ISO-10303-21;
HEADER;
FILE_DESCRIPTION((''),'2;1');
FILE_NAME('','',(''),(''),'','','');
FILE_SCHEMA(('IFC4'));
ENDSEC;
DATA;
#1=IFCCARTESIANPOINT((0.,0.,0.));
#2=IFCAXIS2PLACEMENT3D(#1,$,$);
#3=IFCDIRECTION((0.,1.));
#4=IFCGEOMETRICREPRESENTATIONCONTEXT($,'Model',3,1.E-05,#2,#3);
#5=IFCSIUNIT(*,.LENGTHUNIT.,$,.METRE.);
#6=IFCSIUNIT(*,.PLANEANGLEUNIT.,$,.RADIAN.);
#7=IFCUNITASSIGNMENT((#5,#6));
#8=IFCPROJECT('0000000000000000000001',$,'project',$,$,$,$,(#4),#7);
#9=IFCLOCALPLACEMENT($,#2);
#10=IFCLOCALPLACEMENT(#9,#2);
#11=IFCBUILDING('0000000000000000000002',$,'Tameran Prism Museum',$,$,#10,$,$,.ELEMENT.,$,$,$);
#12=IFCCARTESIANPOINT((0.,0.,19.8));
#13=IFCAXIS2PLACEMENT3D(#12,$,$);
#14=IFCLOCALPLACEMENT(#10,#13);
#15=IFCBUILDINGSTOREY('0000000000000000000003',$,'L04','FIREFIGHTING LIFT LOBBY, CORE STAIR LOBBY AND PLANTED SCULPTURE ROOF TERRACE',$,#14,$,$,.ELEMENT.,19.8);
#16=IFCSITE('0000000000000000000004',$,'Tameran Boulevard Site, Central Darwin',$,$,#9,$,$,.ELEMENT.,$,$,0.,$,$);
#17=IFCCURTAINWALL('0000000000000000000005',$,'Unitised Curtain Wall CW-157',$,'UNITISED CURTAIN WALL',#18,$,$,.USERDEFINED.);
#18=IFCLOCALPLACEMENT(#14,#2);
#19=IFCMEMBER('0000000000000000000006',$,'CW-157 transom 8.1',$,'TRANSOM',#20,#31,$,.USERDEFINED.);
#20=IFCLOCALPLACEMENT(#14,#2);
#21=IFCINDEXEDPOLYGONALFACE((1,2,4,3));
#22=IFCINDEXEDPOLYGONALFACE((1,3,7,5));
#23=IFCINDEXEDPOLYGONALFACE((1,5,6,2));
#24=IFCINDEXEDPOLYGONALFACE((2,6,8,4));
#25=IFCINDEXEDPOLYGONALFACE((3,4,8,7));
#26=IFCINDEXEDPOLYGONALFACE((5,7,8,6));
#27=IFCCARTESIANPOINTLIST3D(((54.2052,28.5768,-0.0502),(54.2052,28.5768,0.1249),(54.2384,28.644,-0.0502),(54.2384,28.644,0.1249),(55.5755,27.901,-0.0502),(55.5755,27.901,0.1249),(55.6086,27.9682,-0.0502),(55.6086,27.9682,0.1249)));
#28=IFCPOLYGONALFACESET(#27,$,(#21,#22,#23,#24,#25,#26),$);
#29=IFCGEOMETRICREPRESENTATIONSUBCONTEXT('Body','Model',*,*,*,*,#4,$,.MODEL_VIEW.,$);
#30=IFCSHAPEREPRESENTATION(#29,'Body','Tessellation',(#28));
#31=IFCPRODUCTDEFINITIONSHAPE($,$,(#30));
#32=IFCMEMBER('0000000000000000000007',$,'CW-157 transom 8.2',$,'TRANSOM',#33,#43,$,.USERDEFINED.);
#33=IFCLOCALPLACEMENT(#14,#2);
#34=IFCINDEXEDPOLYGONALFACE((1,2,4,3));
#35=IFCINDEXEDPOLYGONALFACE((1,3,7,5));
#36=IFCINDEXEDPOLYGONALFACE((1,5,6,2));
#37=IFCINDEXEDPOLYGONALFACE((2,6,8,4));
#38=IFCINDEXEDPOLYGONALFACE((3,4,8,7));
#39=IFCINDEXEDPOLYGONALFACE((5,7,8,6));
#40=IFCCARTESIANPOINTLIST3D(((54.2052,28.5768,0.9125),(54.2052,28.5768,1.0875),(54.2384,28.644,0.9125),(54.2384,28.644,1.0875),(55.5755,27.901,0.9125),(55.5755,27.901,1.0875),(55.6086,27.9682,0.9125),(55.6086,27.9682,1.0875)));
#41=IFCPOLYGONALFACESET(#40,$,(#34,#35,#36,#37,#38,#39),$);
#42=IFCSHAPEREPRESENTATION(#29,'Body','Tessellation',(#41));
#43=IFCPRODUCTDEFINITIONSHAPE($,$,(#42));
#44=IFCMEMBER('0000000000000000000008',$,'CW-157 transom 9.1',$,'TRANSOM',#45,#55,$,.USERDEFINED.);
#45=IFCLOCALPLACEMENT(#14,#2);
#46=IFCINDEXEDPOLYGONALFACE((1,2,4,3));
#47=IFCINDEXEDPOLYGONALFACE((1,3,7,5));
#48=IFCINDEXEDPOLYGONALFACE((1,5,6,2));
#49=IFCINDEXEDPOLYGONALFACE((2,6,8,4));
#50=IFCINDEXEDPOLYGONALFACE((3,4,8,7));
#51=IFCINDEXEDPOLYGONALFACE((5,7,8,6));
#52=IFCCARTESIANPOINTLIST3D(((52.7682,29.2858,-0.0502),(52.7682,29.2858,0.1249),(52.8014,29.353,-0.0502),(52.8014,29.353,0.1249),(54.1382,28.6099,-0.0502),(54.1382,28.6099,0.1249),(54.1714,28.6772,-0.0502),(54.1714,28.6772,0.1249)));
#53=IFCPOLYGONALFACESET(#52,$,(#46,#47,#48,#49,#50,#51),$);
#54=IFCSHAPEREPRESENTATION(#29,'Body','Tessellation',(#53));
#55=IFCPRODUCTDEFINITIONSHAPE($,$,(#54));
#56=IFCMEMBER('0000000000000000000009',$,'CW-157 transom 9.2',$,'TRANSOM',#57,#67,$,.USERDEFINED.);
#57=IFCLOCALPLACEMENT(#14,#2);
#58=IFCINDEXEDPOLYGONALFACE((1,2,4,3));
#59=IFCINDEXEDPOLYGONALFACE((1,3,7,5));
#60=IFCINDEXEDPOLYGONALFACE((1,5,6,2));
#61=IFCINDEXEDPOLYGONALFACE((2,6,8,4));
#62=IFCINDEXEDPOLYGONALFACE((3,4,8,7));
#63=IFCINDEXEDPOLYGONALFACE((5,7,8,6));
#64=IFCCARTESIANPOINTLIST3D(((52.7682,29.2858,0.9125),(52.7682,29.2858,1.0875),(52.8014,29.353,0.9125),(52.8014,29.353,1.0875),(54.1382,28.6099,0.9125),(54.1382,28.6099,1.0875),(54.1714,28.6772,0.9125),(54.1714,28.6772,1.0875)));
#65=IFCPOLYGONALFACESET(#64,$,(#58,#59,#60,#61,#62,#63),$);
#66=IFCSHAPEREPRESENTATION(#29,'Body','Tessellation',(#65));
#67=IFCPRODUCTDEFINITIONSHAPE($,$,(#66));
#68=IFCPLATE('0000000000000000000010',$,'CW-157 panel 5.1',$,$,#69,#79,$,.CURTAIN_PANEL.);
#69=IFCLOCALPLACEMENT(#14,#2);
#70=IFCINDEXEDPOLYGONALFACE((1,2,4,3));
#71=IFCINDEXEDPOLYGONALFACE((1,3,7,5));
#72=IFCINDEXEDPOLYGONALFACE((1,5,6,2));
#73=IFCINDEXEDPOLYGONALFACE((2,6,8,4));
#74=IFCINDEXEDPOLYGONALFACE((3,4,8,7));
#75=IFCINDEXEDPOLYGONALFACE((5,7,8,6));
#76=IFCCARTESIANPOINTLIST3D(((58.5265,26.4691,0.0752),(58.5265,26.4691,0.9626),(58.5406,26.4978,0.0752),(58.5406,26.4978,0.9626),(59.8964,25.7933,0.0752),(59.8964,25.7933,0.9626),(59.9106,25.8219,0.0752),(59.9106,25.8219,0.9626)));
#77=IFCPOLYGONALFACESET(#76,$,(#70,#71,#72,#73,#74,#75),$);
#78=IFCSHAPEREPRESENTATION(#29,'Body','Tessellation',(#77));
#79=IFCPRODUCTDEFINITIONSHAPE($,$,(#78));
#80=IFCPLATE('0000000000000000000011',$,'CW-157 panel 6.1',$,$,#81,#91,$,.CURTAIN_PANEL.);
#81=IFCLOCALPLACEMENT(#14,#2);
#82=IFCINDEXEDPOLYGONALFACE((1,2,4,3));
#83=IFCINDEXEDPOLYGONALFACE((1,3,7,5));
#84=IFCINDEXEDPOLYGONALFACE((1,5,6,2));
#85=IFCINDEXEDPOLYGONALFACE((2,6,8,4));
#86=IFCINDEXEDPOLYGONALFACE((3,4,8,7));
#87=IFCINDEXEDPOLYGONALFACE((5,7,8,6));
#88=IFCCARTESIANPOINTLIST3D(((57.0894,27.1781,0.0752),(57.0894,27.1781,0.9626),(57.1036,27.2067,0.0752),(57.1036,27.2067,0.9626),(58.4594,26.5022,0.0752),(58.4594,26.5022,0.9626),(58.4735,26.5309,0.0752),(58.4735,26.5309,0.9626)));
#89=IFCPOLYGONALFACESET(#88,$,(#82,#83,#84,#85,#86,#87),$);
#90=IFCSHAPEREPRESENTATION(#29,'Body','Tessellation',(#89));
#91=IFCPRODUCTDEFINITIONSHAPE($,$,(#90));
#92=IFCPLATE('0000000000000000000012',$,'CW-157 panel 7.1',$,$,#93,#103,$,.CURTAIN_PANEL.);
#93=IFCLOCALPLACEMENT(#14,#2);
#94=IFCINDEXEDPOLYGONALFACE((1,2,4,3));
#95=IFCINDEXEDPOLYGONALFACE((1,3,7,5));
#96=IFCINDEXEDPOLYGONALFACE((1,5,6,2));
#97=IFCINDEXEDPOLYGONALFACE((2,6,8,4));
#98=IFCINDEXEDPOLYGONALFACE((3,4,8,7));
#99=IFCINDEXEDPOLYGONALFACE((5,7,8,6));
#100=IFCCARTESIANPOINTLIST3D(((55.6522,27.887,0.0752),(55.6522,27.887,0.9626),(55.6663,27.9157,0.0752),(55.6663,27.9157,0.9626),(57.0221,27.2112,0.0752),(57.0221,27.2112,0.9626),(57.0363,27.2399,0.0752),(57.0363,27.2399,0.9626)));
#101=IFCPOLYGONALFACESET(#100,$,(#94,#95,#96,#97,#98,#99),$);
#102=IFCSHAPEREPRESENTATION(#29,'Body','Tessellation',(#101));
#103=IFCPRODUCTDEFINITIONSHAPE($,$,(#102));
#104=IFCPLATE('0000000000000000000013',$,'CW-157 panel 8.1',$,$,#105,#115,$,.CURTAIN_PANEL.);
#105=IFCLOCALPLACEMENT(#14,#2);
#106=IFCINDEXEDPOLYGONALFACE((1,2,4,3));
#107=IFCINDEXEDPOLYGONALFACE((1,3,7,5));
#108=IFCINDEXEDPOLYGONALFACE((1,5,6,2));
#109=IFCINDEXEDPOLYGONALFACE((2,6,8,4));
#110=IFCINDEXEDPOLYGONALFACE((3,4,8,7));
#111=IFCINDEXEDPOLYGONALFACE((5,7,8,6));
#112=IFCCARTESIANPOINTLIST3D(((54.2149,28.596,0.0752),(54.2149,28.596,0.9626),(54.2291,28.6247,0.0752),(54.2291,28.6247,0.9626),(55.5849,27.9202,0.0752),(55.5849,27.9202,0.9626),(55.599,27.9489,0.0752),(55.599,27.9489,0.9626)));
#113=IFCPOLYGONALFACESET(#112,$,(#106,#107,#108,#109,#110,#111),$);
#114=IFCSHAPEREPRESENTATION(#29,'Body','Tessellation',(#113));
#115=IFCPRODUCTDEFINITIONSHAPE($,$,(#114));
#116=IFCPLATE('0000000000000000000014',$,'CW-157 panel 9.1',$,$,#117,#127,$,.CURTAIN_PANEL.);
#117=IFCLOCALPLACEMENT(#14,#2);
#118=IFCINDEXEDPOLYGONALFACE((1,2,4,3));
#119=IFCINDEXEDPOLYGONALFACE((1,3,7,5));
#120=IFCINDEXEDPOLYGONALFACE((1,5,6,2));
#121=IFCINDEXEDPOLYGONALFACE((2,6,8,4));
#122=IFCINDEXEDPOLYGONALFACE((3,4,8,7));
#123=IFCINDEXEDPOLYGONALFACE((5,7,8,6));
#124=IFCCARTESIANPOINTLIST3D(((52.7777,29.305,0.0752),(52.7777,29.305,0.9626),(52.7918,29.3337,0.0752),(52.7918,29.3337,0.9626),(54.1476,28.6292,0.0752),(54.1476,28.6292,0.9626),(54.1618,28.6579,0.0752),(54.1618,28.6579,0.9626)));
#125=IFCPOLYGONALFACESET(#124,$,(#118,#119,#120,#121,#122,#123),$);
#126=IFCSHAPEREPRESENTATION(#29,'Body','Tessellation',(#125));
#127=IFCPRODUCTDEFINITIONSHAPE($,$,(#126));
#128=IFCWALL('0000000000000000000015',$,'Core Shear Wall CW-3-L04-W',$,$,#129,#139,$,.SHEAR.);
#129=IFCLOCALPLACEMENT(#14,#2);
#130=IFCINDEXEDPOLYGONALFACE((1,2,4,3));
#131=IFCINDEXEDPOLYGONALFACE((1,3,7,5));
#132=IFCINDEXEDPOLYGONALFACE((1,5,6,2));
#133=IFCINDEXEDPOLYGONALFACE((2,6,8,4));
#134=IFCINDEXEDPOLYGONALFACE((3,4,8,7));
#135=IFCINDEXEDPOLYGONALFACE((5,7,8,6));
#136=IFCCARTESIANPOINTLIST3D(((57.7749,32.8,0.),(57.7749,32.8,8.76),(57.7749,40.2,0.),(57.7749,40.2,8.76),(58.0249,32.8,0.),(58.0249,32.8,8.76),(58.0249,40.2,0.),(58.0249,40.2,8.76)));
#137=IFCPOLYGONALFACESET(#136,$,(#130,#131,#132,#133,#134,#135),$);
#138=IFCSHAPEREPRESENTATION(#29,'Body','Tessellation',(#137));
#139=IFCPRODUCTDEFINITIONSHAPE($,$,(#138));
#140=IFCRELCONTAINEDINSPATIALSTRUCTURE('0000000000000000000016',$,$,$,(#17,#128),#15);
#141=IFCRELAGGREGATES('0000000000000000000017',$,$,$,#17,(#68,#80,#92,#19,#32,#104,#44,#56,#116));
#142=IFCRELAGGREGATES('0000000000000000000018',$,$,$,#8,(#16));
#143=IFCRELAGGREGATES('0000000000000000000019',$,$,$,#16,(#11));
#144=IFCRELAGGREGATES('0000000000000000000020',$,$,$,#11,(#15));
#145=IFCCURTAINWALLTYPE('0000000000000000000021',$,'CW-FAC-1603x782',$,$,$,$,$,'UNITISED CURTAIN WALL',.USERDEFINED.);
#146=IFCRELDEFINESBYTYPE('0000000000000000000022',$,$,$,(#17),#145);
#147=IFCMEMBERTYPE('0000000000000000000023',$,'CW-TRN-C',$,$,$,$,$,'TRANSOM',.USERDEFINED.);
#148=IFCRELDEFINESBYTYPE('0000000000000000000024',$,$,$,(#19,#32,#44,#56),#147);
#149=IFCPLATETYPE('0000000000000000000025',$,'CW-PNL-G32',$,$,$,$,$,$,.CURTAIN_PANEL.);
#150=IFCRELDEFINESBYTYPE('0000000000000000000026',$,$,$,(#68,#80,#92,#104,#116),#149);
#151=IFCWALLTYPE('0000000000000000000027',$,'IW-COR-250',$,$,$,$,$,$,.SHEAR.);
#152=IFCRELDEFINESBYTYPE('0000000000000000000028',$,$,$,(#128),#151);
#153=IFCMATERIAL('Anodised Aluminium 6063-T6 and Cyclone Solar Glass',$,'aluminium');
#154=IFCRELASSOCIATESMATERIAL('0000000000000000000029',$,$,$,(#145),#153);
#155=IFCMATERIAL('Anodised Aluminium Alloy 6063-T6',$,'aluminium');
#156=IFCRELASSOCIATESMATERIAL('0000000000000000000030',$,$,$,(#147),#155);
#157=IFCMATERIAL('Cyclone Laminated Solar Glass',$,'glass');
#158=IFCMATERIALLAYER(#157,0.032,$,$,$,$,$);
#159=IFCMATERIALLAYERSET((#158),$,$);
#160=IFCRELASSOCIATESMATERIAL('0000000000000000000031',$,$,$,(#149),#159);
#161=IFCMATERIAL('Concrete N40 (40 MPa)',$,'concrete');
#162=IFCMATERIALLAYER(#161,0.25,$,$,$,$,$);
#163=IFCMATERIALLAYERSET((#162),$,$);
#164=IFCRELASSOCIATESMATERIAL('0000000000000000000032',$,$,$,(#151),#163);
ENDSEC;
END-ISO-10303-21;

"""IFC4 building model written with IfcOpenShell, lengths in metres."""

from ifc_helpers import new_model, si_unit, direction, frame, frame_2d, origin, origin_2d, place, context, subcontext, project, spatial, rectangle, extrude, material, layer, layer_set, material_profile, profile_set, type_object, element, aggregate, save


model = new_model("IFC4")

# Units and contexts
model_context = context("Model", 3, precision=1e-05, world=origin(), true_north=direction((0.0, 1.0)))
body_context = subcontext(model_context, "Body", "Model", "MODEL_VIEW")
ifc_project = project(units=[si_unit("LENGTHUNIT", "METRE"), si_unit("PLANEANGLEUNIT", "RADIAN")], contexts=[model_context])

# Site, building, storey
site_placement = place(None, origin())
site = spatial("IfcSite", under=ifc_project, at=site_placement, Name="Tameran Boulevard Site, Central Darwin", CompositionType="ELEMENT", RefElevation=0.0)
building_placement = place(site_placement, origin())
building = spatial("IfcBuilding", under=site, at=building_placement, Name="Tameran Prism Museum", CompositionType="ELEMENT")
storey_placement = place(building_placement, frame((0.0, 0.0, 19.8)))
storey = spatial("IfcBuildingStorey", under=building, at=storey_placement, Name="L04", Description="FIREFIGHTING LIFT LOBBY, CORE STAIR LOBBY AND PLANTED SCULPTURE ROOF TERRACE", CompositionType="ELEMENT", Elevation=19.8)

# Curtain wall, members, plates
ifc_material_1 = material(Name="Anodised Aluminium 6063-T6 and Cyclone Solar Glass", Category="aluminium")
curtain_wall_type = type_object("IfcCurtainWallType", Name="CW-FAC-1603x782", ElementType="UNITISED CURTAIN WALL", PredefinedType="USERDEFINED", material=ifc_material_1)
curtain_wall_placement = place(storey_placement, origin())
curtain_wall = element("IfcCurtainWall", 1, at=curtain_wall_placement, inside=storey, type_object=curtain_wall_type, Name="Unitised Curtain Wall CW-157", ObjectType="UNITISED CURTAIN WALL", PredefinedType="USERDEFINED")
ifc_material_2 = material(Name="Anodised Aluminium Alloy 6063-T6", Category="aluminium")
ifc_material_profile_1 = material_profile(ifc_material_2, rectangle(XDim=0.075, YDim=0.175, at=origin_2d()))
ifc_profile_set_1 = profile_set([ifc_material_profile_1])
member_type_1 = type_object("IfcMemberType", Name="CW-TRN-C", ElementType="TRANSOM", PredefinedType="USERDEFINED", material=ifc_profile_set_1)
member_1_placement = place(storey_placement, frame((55.592, 27.9346, 0.0374), z_axis=(-0.896843, 0.442349, 0.0), x_axis=(-0.442349, -0.896843, 0.0)))
member_1 = element("IfcMember", 2, at=member_1_placement, type_object=member_type_1, Name="CW-157 transom 8.1", ObjectType="TRANSOM", PredefinedType="USERDEFINED", context=body_context, shape_type="SweptSolid", body=[
    extrude(rectangle(XDim=0.075, YDim=0.175, at=origin_2d()), origin(), (0.0, 0.0, 1.0), 1.5278),
])
member_2_placement = place(storey_placement, frame((55.592, 27.9346, 1.0), z_axis=(-0.896843, 0.442349, 0.0), x_axis=(-0.442349, -0.896843, 0.0)))
member_2 = element("IfcMember", 3, at=member_2_placement, type_object=member_type_1, Name="CW-157 transom 8.2", ObjectType="TRANSOM", PredefinedType="USERDEFINED", context=body_context, shape_type="SweptSolid", body=[
    extrude(rectangle(XDim=0.075, YDim=0.175, at=origin_2d()), origin(), (0.0, 0.0, 1.0), 1.5278),
])
member_3_placement = place(storey_placement, frame((54.1548, 28.6436, 0.0374), z_axis=(-0.896812, 0.442412, 0.0), x_axis=(-0.442412, -0.896812, 0.0)))
member_3 = element("IfcMember", 4, at=member_3_placement, type_object=member_type_1, Name="CW-157 transom 9.1", ObjectType="TRANSOM", PredefinedType="USERDEFINED", context=body_context, shape_type="SweptSolid", body=[
    extrude(rectangle(XDim=0.075, YDim=0.175, at=origin_2d()), origin(), (0.0, 0.0, 1.0), 1.5276),
])
member_4_placement = place(storey_placement, frame((54.1548, 28.6436, 1.0), z_axis=(-0.896812, 0.442412, 0.0), x_axis=(-0.442412, -0.896812, 0.0)))
member_4 = element("IfcMember", 5, at=member_4_placement, type_object=member_type_1, Name="CW-157 transom 9.2", ObjectType="TRANSOM", PredefinedType="USERDEFINED", context=body_context, shape_type="SweptSolid", body=[
    extrude(rectangle(XDim=0.075, YDim=0.175, at=origin_2d()), origin(), (0.0, 0.0, 1.0), 1.5276),
])
ifc_material_3 = material(Name="Cyclone Laminated Solar Glass", Category="glass")
ifc_layer_1 = layer(ifc_material_3, 0.032)
ifc_layer_set_1 = layer_set([ifc_layer_1])
plate_type = type_object("IfcPlateType", Name="CW-PNL-G32", PredefinedType="CURTAIN_PANEL", material=ifc_layer_set_1)
plate_1_placement = place(storey_placement, frame((59.2185, 26.1455, 0.0752), z_axis=(0.0, 0.0, 1.0), x_axis=(-0.896811, 0.442415, 0.0)))
plate_1 = element("IfcPlate", 6, at=plate_1_placement, type_object=plate_type, Name="CW-157 panel 5.1", PredefinedType="CURTAIN_PANEL", context=body_context, shape_type="SweptSolid", body=[
    extrude(rectangle(XDim=1.5276, YDim=0.032, at=origin_2d()), origin(), (0.0, 0.0, 1.0), 0.8875),
])
plate_2_placement = place(storey_placement, frame((57.7815, 26.8545, 0.0752), z_axis=(0.0, 0.0, 1.0), x_axis=(-0.896811, 0.442415, 0.0)))
plate_2 = element("IfcPlate", 7, at=plate_2_placement, type_object=plate_type, Name="CW-157 panel 6.1", PredefinedType="CURTAIN_PANEL", context=body_context, shape_type="SweptSolid", body=[
    extrude(rectangle(XDim=1.5276, YDim=0.032, at=origin_2d()), origin(), (0.0, 0.0, 1.0), 0.8875),
])
plate_3_placement = place(storey_placement, frame((56.3442, 27.5635, 0.0752), z_axis=(0.0, 0.0, 1.0), x_axis=(-0.896811, 0.442415, 0.0)))
plate_3 = element("IfcPlate", 8, at=plate_3_placement, type_object=plate_type, Name="CW-157 panel 7.1", PredefinedType="CURTAIN_PANEL", context=body_context, shape_type="SweptSolid", body=[
    extrude(rectangle(XDim=1.5276, YDim=0.032, at=origin_2d()), origin(), (0.0, 0.0, 1.0), 0.8875),
])
plate_4_placement = place(storey_placement, frame((54.907, 28.2725, 0.0752), z_axis=(0.0, 0.0, 1.0), x_axis=(-0.896811, 0.442415, 0.0)))
plate_4 = element("IfcPlate", 9, at=plate_4_placement, type_object=plate_type, Name="CW-157 panel 8.1", PredefinedType="CURTAIN_PANEL", context=body_context, shape_type="SweptSolid", body=[
    extrude(rectangle(XDim=1.5276, YDim=0.032, at=origin_2d()), origin(), (0.0, 0.0, 1.0), 0.8875),
])
plate_5_placement = place(storey_placement, frame((53.4697, 28.9814, 0.0752), z_axis=(0.0, 0.0, 1.0), x_axis=(-0.896811, 0.442415, 0.0)))
plate_5 = element("IfcPlate", 10, at=plate_5_placement, type_object=plate_type, Name="CW-157 panel 9.1", PredefinedType="CURTAIN_PANEL", context=body_context, shape_type="SweptSolid", body=[
    extrude(rectangle(XDim=1.5276, YDim=0.032, at=origin_2d()), origin(), (0.0, 0.0, 1.0), 0.8875),
])
aggregate(curtain_wall, [plate_1, plate_2, plate_3, member_1, member_2, plate_4, member_3, member_4, plate_5])

# Wall
ifc_material_4 = material(Name="Concrete N40 (40 MPa)", Category="concrete")
ifc_layer_2 = layer(ifc_material_4, 0.25)
ifc_layer_set_2 = layer_set([ifc_layer_2])
wall_type = type_object("IfcWallType", Name="IW-COR-250", PredefinedType="SHEAR", material=ifc_layer_set_2)
wall_placement = place(storey_placement, frame((57.8999, 32.8, 0.0), z_axis=(0.0, 0.0, 1.0), x_axis=(0.0, 1.0, 0.0)))
element("IfcWall", 11, at=wall_placement, inside=storey, type_object=wall_type, Name="Core Shear Wall CW-3-L04-W", PredefinedType="SHEAR", context=body_context, shape_type="SweptSolid", body=[
    extrude(rectangle(XDim=7.3999, YDim=0.25, at=frame_2d((3.7, 0.0))), origin(), (0.0, 0.0, 1.0), 8.76),
])

save(model, "model.ifc")
